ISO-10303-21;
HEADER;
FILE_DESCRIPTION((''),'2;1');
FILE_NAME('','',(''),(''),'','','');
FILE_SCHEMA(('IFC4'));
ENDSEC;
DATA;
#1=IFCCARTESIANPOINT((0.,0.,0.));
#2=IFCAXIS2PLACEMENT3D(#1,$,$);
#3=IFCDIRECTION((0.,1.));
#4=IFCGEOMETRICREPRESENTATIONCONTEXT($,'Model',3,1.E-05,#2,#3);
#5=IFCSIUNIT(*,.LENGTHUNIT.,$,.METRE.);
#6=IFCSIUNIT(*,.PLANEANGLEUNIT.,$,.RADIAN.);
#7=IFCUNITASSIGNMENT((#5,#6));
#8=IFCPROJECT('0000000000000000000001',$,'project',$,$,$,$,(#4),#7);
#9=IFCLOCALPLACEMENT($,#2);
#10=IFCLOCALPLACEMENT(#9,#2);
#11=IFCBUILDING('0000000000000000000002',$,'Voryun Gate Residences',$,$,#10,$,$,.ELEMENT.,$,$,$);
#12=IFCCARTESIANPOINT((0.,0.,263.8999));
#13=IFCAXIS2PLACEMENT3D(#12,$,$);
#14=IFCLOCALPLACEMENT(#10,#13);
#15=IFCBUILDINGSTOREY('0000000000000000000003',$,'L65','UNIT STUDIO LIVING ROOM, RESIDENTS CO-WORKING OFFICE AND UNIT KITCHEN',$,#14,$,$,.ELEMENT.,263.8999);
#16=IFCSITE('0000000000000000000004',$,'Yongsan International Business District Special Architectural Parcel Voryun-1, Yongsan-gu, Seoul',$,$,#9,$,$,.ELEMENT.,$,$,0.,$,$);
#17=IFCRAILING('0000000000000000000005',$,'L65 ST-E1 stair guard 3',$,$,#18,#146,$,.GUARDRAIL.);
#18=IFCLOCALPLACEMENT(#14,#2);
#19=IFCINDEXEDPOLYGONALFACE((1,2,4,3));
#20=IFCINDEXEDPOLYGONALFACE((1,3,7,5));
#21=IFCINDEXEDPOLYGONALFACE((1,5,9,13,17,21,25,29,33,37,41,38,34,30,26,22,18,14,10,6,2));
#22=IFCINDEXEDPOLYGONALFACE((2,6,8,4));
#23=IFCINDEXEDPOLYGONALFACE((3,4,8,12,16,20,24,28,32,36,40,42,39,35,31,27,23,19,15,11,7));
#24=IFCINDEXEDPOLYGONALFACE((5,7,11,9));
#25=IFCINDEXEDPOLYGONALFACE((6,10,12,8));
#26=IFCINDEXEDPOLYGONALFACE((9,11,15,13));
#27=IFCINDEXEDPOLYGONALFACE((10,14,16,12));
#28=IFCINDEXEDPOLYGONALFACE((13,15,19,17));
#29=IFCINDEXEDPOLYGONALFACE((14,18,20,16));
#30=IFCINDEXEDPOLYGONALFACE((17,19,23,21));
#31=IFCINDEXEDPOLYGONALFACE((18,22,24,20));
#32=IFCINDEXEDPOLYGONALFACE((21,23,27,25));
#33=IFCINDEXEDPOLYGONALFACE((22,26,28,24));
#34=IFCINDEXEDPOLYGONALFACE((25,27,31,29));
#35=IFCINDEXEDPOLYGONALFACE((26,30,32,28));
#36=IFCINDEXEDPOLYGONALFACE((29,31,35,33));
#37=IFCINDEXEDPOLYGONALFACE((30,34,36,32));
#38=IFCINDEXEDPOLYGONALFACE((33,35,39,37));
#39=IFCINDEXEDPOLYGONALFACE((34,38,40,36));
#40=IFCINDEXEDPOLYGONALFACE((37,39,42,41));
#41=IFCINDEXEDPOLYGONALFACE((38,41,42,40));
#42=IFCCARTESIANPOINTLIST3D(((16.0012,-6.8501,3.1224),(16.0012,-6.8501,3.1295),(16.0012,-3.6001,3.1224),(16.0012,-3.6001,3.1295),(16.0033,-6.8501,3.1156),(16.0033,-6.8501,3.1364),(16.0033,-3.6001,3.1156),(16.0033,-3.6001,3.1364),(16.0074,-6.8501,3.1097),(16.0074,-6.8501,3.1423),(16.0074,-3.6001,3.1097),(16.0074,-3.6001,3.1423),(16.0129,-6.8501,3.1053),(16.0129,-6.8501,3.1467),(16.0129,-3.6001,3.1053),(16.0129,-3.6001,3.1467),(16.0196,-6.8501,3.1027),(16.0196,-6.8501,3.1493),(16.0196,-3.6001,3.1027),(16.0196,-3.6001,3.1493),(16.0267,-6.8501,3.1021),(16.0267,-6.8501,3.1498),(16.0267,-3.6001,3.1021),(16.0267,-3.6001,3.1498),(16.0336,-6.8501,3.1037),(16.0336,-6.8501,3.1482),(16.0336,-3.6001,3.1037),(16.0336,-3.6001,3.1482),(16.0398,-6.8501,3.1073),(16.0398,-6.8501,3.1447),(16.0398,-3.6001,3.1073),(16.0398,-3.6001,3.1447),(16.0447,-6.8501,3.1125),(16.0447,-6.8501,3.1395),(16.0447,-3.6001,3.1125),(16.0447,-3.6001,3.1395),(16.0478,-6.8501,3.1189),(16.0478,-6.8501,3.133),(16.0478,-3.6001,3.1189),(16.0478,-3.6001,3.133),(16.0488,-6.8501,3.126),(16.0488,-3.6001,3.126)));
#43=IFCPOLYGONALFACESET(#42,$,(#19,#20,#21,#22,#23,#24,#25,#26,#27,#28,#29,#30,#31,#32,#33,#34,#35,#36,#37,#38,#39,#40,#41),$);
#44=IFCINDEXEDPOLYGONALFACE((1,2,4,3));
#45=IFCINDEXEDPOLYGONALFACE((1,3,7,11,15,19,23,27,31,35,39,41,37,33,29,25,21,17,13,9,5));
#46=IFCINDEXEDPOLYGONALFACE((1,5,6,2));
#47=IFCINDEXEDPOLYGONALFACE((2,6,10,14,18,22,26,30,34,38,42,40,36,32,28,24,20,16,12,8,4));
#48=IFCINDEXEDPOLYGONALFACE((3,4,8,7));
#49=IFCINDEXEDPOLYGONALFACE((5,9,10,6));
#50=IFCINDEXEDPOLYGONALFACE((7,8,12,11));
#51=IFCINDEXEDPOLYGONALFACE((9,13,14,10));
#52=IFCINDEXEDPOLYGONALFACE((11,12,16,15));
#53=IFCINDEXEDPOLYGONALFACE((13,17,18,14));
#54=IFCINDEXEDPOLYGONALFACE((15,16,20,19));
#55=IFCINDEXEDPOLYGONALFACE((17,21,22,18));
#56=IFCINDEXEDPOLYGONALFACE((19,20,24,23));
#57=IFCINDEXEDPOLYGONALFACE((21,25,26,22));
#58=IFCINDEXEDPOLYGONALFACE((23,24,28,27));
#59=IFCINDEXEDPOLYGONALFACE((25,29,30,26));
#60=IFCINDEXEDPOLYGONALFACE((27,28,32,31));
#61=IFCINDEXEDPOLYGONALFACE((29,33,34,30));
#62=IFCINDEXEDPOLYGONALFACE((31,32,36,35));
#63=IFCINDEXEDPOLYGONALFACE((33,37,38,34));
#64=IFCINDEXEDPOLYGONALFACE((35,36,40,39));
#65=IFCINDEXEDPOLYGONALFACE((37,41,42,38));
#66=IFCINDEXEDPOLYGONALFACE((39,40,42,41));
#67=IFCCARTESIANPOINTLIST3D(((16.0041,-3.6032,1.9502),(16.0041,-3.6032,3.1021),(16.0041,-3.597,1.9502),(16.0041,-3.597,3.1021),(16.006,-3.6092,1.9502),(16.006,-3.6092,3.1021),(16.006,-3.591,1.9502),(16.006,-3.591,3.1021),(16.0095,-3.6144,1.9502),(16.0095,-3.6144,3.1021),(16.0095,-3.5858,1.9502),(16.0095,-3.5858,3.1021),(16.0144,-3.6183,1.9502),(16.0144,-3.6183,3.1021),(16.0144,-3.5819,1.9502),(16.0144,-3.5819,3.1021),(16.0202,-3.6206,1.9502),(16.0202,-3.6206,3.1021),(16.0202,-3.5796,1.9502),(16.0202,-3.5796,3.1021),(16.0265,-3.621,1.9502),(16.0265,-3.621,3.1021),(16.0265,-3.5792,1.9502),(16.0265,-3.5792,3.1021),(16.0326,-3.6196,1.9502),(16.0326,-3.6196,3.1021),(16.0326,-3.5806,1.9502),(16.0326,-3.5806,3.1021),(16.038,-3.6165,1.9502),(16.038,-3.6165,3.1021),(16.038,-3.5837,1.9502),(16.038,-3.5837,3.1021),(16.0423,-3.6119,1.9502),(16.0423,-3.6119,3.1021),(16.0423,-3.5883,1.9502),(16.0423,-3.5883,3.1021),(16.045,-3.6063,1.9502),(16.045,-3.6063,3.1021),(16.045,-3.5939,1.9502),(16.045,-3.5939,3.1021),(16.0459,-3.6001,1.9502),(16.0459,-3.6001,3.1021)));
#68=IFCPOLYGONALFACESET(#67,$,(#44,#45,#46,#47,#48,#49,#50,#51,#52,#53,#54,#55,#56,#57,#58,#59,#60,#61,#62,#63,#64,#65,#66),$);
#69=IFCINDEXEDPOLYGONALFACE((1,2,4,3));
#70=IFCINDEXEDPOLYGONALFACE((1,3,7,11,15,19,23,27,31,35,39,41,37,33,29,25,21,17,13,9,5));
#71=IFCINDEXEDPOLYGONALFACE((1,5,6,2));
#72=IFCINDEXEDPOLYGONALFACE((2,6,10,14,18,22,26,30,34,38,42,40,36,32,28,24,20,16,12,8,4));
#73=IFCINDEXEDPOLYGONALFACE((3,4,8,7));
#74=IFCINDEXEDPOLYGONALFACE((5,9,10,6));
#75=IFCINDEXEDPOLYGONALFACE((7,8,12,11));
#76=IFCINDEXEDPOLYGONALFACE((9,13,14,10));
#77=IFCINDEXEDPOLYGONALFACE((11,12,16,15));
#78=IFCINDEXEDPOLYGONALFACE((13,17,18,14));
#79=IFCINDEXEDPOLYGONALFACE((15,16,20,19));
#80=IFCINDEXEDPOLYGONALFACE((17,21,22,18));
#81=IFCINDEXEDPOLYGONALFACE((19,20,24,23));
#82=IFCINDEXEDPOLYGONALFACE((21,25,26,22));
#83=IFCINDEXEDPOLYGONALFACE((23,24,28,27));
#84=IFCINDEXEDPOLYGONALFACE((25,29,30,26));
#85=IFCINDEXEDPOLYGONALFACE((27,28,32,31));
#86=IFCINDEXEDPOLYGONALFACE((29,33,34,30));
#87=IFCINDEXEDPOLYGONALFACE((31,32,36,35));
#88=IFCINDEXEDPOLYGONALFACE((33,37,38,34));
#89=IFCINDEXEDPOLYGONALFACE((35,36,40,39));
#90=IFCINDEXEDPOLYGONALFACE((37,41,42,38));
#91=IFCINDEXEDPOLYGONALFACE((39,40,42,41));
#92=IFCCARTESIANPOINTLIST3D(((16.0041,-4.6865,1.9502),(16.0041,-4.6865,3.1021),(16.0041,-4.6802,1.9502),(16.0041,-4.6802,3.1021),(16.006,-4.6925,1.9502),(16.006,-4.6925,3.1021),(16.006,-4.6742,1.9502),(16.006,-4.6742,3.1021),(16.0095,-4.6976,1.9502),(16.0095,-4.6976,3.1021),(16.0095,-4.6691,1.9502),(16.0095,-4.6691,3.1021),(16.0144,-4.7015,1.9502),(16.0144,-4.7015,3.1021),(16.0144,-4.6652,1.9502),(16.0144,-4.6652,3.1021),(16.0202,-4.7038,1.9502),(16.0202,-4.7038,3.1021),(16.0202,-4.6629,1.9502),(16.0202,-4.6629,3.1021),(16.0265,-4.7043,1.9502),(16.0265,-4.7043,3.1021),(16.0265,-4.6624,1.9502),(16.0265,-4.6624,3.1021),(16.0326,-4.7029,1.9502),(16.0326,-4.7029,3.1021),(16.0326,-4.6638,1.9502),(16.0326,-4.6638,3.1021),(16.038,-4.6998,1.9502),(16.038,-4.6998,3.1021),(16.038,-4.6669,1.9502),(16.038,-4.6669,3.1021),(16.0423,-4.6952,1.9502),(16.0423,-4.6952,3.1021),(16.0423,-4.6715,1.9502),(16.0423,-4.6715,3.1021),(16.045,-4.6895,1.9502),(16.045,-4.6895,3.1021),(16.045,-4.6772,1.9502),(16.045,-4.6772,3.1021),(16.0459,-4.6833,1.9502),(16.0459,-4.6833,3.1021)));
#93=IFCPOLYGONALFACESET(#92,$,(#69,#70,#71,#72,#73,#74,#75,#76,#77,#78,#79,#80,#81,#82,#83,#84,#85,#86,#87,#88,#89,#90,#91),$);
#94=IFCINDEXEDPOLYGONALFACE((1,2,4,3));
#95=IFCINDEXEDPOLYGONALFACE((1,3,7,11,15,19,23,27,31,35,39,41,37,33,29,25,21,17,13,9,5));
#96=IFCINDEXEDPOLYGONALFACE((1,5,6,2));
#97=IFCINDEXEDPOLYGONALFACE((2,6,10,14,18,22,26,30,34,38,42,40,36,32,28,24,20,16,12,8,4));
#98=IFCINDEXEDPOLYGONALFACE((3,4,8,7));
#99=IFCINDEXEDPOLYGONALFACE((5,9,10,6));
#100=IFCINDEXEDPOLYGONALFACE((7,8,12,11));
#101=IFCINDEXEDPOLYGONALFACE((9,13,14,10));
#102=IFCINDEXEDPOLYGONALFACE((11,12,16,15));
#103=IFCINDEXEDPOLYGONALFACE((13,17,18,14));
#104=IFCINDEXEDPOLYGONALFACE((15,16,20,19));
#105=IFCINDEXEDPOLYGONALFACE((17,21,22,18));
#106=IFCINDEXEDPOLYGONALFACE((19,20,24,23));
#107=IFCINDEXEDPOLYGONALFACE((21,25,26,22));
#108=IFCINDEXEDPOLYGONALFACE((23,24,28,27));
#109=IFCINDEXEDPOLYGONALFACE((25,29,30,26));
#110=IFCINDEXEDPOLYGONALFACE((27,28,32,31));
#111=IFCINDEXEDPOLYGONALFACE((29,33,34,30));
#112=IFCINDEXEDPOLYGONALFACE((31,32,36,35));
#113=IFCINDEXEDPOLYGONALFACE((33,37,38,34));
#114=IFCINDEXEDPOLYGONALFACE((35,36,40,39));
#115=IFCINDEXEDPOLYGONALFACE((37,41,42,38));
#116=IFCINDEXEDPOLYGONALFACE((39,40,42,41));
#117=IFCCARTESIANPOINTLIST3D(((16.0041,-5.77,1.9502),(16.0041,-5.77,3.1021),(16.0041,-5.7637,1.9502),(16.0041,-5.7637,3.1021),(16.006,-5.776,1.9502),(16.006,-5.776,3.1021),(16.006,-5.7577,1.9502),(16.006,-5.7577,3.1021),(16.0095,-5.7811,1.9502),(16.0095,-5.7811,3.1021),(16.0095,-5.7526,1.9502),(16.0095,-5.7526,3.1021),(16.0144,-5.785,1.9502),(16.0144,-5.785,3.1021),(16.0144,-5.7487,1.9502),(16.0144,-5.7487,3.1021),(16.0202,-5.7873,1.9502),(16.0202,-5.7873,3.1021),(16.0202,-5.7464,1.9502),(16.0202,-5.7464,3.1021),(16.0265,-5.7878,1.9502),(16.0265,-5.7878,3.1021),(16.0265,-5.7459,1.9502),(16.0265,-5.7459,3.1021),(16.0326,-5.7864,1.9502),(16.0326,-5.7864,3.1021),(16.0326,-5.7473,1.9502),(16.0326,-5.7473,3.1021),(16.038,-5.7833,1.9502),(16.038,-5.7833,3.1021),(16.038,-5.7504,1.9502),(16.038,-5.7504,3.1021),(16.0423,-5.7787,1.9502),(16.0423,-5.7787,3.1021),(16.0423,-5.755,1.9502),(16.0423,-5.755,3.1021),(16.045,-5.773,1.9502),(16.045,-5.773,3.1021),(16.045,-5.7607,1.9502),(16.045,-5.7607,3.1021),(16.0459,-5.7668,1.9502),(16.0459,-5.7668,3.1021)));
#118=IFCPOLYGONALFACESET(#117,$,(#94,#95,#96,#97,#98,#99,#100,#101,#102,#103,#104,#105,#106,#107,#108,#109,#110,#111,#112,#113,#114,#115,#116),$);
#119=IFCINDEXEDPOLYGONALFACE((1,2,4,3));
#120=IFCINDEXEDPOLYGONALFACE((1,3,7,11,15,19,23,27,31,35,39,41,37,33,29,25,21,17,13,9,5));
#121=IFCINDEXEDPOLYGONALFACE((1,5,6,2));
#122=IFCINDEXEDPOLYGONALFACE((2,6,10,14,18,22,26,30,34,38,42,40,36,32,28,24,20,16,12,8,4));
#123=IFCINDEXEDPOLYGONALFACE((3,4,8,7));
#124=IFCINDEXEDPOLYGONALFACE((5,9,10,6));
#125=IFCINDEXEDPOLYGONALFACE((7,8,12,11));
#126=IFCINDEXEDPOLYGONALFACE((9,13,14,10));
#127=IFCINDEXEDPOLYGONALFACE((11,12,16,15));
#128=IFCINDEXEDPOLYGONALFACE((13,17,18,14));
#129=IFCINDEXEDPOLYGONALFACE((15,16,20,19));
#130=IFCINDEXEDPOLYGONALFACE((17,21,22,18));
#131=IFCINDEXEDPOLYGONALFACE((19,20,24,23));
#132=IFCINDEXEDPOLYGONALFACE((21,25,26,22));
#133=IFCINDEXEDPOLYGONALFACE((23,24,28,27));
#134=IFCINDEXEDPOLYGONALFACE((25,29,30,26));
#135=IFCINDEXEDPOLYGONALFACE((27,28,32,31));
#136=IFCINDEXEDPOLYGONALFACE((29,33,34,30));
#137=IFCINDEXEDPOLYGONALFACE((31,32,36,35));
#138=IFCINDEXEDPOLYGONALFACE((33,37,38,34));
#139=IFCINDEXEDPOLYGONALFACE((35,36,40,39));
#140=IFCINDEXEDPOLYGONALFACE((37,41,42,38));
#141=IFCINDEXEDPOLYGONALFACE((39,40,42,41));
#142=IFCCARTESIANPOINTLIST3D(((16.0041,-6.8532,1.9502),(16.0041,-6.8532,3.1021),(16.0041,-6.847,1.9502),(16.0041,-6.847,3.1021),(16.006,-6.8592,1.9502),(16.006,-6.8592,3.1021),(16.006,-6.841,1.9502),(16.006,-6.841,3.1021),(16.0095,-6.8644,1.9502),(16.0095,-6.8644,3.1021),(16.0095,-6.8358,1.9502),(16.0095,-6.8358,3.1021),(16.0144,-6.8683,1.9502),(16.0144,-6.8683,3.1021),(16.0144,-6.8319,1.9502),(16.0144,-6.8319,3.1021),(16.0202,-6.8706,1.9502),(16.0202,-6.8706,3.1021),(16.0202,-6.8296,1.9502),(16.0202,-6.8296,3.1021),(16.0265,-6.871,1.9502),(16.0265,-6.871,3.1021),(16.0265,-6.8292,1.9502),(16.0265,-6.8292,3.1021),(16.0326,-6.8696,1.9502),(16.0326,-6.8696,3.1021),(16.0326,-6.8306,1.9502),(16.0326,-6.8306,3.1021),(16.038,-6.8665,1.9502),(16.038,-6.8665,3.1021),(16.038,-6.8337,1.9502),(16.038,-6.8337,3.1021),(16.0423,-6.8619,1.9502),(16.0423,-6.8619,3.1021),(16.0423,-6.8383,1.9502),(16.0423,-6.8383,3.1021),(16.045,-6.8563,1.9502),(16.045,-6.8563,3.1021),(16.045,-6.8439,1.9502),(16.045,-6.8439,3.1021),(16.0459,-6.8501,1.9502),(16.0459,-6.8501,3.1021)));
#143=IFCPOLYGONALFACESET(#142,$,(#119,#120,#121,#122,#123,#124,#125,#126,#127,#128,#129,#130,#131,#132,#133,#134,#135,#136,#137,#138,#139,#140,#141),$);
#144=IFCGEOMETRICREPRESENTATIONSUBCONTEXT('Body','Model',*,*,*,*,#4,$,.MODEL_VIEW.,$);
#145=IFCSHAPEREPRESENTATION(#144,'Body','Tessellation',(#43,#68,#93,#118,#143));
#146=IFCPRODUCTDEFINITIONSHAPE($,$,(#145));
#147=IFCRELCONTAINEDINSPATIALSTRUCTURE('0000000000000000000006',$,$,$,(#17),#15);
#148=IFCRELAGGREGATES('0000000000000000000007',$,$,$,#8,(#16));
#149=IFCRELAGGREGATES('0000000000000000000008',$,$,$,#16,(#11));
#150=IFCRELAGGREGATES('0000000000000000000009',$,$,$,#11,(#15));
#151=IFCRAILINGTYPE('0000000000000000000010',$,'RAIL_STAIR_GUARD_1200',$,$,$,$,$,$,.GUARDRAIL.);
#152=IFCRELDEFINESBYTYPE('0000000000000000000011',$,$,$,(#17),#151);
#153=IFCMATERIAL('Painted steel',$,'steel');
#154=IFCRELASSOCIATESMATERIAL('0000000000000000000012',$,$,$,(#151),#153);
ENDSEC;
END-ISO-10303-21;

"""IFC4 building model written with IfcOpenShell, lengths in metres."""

from ifc_helpers import new_model, si_unit, direction, frame, origin, origin_2d, place, context, subcontext, project, spatial, circle, extrude, material, type_object, element, save


model = new_model("IFC4")

# Units and contexts
model_context = context("Model", 3, precision=1e-05, world=origin(), true_north=direction((0.0, 1.0)))
body_context = subcontext(model_context, "Body", "Model", "MODEL_VIEW")
ifc_project = project(units=[si_unit("LENGTHUNIT", "METRE"), si_unit("PLANEANGLEUNIT", "RADIAN")], contexts=[model_context])

# Site, building, storey
site_placement = place(None, origin())
site = spatial("IfcSite", under=ifc_project, at=site_placement, Name="Yongsan International Business District Special Architectural Parcel Voryun-1, Yongsan-gu, Seoul", CompositionType="ELEMENT", RefElevation=0.0)
building_placement = place(site_placement, origin())
building = spatial("IfcBuilding", under=site, at=building_placement, Name="Voryun Gate Residences", CompositionType="ELEMENT")
storey_placement = place(building_placement, frame((0.0, 0.0, 263.8999)))
storey = spatial("IfcBuildingStorey", under=building, at=storey_placement, Name="L65", Description="UNIT STUDIO LIVING ROOM, RESIDENTS CO-WORKING OFFICE AND UNIT KITCHEN", CompositionType="ELEMENT", Elevation=263.8999)

# Railing
ifc_material_1 = material(Name="Painted steel", Category="steel")
railing_type_1 = type_object("IfcRailingType", Name="RAIL_STAIR_GUARD_1200", PredefinedType="GUARDRAIL", material=ifc_material_1)
for number, where, name in (
    (1, (16.0249, -3.6001, 1.9502), "L65 ST-E1 stair guard 3"),
):
    element("IfcRailing", number, at=place(storey_placement, frame(where)), inside=storey, type_object=railing_type_1, Name=name, PredefinedType="GUARDRAIL", context=body_context, shape_type="SweptSolid", body=[
        extrude(circle(Radius=0.0239, at=origin_2d()), frame((0.0, 0.0, 1.1758), z_axis=(0.0, -1.0, 0.0), x_axis=(1.0, 0.0, 0.0)), (0.0, 0.0, 1.0), 3.25),
        extrude(circle(Radius=0.021, at=origin_2d()), origin(), (0.0, 0.0, 1.0), 1.1519),
        extrude(circle(Radius=0.021, at=origin_2d()), frame((0.0, -1.0833, 0.0)), (0.0, 0.0, 1.0), 1.1519),
        extrude(circle(Radius=0.021, at=origin_2d()), frame((0.0, -2.1667, 0.0)), (0.0, 0.0, 1.0), 1.1519),
        extrude(circle(Radius=0.021, at=origin_2d()), frame((0.0, -3.25, 0.0)), (0.0, 0.0, 1.0), 1.1519),
    ])

save(model, "model.ifc")
